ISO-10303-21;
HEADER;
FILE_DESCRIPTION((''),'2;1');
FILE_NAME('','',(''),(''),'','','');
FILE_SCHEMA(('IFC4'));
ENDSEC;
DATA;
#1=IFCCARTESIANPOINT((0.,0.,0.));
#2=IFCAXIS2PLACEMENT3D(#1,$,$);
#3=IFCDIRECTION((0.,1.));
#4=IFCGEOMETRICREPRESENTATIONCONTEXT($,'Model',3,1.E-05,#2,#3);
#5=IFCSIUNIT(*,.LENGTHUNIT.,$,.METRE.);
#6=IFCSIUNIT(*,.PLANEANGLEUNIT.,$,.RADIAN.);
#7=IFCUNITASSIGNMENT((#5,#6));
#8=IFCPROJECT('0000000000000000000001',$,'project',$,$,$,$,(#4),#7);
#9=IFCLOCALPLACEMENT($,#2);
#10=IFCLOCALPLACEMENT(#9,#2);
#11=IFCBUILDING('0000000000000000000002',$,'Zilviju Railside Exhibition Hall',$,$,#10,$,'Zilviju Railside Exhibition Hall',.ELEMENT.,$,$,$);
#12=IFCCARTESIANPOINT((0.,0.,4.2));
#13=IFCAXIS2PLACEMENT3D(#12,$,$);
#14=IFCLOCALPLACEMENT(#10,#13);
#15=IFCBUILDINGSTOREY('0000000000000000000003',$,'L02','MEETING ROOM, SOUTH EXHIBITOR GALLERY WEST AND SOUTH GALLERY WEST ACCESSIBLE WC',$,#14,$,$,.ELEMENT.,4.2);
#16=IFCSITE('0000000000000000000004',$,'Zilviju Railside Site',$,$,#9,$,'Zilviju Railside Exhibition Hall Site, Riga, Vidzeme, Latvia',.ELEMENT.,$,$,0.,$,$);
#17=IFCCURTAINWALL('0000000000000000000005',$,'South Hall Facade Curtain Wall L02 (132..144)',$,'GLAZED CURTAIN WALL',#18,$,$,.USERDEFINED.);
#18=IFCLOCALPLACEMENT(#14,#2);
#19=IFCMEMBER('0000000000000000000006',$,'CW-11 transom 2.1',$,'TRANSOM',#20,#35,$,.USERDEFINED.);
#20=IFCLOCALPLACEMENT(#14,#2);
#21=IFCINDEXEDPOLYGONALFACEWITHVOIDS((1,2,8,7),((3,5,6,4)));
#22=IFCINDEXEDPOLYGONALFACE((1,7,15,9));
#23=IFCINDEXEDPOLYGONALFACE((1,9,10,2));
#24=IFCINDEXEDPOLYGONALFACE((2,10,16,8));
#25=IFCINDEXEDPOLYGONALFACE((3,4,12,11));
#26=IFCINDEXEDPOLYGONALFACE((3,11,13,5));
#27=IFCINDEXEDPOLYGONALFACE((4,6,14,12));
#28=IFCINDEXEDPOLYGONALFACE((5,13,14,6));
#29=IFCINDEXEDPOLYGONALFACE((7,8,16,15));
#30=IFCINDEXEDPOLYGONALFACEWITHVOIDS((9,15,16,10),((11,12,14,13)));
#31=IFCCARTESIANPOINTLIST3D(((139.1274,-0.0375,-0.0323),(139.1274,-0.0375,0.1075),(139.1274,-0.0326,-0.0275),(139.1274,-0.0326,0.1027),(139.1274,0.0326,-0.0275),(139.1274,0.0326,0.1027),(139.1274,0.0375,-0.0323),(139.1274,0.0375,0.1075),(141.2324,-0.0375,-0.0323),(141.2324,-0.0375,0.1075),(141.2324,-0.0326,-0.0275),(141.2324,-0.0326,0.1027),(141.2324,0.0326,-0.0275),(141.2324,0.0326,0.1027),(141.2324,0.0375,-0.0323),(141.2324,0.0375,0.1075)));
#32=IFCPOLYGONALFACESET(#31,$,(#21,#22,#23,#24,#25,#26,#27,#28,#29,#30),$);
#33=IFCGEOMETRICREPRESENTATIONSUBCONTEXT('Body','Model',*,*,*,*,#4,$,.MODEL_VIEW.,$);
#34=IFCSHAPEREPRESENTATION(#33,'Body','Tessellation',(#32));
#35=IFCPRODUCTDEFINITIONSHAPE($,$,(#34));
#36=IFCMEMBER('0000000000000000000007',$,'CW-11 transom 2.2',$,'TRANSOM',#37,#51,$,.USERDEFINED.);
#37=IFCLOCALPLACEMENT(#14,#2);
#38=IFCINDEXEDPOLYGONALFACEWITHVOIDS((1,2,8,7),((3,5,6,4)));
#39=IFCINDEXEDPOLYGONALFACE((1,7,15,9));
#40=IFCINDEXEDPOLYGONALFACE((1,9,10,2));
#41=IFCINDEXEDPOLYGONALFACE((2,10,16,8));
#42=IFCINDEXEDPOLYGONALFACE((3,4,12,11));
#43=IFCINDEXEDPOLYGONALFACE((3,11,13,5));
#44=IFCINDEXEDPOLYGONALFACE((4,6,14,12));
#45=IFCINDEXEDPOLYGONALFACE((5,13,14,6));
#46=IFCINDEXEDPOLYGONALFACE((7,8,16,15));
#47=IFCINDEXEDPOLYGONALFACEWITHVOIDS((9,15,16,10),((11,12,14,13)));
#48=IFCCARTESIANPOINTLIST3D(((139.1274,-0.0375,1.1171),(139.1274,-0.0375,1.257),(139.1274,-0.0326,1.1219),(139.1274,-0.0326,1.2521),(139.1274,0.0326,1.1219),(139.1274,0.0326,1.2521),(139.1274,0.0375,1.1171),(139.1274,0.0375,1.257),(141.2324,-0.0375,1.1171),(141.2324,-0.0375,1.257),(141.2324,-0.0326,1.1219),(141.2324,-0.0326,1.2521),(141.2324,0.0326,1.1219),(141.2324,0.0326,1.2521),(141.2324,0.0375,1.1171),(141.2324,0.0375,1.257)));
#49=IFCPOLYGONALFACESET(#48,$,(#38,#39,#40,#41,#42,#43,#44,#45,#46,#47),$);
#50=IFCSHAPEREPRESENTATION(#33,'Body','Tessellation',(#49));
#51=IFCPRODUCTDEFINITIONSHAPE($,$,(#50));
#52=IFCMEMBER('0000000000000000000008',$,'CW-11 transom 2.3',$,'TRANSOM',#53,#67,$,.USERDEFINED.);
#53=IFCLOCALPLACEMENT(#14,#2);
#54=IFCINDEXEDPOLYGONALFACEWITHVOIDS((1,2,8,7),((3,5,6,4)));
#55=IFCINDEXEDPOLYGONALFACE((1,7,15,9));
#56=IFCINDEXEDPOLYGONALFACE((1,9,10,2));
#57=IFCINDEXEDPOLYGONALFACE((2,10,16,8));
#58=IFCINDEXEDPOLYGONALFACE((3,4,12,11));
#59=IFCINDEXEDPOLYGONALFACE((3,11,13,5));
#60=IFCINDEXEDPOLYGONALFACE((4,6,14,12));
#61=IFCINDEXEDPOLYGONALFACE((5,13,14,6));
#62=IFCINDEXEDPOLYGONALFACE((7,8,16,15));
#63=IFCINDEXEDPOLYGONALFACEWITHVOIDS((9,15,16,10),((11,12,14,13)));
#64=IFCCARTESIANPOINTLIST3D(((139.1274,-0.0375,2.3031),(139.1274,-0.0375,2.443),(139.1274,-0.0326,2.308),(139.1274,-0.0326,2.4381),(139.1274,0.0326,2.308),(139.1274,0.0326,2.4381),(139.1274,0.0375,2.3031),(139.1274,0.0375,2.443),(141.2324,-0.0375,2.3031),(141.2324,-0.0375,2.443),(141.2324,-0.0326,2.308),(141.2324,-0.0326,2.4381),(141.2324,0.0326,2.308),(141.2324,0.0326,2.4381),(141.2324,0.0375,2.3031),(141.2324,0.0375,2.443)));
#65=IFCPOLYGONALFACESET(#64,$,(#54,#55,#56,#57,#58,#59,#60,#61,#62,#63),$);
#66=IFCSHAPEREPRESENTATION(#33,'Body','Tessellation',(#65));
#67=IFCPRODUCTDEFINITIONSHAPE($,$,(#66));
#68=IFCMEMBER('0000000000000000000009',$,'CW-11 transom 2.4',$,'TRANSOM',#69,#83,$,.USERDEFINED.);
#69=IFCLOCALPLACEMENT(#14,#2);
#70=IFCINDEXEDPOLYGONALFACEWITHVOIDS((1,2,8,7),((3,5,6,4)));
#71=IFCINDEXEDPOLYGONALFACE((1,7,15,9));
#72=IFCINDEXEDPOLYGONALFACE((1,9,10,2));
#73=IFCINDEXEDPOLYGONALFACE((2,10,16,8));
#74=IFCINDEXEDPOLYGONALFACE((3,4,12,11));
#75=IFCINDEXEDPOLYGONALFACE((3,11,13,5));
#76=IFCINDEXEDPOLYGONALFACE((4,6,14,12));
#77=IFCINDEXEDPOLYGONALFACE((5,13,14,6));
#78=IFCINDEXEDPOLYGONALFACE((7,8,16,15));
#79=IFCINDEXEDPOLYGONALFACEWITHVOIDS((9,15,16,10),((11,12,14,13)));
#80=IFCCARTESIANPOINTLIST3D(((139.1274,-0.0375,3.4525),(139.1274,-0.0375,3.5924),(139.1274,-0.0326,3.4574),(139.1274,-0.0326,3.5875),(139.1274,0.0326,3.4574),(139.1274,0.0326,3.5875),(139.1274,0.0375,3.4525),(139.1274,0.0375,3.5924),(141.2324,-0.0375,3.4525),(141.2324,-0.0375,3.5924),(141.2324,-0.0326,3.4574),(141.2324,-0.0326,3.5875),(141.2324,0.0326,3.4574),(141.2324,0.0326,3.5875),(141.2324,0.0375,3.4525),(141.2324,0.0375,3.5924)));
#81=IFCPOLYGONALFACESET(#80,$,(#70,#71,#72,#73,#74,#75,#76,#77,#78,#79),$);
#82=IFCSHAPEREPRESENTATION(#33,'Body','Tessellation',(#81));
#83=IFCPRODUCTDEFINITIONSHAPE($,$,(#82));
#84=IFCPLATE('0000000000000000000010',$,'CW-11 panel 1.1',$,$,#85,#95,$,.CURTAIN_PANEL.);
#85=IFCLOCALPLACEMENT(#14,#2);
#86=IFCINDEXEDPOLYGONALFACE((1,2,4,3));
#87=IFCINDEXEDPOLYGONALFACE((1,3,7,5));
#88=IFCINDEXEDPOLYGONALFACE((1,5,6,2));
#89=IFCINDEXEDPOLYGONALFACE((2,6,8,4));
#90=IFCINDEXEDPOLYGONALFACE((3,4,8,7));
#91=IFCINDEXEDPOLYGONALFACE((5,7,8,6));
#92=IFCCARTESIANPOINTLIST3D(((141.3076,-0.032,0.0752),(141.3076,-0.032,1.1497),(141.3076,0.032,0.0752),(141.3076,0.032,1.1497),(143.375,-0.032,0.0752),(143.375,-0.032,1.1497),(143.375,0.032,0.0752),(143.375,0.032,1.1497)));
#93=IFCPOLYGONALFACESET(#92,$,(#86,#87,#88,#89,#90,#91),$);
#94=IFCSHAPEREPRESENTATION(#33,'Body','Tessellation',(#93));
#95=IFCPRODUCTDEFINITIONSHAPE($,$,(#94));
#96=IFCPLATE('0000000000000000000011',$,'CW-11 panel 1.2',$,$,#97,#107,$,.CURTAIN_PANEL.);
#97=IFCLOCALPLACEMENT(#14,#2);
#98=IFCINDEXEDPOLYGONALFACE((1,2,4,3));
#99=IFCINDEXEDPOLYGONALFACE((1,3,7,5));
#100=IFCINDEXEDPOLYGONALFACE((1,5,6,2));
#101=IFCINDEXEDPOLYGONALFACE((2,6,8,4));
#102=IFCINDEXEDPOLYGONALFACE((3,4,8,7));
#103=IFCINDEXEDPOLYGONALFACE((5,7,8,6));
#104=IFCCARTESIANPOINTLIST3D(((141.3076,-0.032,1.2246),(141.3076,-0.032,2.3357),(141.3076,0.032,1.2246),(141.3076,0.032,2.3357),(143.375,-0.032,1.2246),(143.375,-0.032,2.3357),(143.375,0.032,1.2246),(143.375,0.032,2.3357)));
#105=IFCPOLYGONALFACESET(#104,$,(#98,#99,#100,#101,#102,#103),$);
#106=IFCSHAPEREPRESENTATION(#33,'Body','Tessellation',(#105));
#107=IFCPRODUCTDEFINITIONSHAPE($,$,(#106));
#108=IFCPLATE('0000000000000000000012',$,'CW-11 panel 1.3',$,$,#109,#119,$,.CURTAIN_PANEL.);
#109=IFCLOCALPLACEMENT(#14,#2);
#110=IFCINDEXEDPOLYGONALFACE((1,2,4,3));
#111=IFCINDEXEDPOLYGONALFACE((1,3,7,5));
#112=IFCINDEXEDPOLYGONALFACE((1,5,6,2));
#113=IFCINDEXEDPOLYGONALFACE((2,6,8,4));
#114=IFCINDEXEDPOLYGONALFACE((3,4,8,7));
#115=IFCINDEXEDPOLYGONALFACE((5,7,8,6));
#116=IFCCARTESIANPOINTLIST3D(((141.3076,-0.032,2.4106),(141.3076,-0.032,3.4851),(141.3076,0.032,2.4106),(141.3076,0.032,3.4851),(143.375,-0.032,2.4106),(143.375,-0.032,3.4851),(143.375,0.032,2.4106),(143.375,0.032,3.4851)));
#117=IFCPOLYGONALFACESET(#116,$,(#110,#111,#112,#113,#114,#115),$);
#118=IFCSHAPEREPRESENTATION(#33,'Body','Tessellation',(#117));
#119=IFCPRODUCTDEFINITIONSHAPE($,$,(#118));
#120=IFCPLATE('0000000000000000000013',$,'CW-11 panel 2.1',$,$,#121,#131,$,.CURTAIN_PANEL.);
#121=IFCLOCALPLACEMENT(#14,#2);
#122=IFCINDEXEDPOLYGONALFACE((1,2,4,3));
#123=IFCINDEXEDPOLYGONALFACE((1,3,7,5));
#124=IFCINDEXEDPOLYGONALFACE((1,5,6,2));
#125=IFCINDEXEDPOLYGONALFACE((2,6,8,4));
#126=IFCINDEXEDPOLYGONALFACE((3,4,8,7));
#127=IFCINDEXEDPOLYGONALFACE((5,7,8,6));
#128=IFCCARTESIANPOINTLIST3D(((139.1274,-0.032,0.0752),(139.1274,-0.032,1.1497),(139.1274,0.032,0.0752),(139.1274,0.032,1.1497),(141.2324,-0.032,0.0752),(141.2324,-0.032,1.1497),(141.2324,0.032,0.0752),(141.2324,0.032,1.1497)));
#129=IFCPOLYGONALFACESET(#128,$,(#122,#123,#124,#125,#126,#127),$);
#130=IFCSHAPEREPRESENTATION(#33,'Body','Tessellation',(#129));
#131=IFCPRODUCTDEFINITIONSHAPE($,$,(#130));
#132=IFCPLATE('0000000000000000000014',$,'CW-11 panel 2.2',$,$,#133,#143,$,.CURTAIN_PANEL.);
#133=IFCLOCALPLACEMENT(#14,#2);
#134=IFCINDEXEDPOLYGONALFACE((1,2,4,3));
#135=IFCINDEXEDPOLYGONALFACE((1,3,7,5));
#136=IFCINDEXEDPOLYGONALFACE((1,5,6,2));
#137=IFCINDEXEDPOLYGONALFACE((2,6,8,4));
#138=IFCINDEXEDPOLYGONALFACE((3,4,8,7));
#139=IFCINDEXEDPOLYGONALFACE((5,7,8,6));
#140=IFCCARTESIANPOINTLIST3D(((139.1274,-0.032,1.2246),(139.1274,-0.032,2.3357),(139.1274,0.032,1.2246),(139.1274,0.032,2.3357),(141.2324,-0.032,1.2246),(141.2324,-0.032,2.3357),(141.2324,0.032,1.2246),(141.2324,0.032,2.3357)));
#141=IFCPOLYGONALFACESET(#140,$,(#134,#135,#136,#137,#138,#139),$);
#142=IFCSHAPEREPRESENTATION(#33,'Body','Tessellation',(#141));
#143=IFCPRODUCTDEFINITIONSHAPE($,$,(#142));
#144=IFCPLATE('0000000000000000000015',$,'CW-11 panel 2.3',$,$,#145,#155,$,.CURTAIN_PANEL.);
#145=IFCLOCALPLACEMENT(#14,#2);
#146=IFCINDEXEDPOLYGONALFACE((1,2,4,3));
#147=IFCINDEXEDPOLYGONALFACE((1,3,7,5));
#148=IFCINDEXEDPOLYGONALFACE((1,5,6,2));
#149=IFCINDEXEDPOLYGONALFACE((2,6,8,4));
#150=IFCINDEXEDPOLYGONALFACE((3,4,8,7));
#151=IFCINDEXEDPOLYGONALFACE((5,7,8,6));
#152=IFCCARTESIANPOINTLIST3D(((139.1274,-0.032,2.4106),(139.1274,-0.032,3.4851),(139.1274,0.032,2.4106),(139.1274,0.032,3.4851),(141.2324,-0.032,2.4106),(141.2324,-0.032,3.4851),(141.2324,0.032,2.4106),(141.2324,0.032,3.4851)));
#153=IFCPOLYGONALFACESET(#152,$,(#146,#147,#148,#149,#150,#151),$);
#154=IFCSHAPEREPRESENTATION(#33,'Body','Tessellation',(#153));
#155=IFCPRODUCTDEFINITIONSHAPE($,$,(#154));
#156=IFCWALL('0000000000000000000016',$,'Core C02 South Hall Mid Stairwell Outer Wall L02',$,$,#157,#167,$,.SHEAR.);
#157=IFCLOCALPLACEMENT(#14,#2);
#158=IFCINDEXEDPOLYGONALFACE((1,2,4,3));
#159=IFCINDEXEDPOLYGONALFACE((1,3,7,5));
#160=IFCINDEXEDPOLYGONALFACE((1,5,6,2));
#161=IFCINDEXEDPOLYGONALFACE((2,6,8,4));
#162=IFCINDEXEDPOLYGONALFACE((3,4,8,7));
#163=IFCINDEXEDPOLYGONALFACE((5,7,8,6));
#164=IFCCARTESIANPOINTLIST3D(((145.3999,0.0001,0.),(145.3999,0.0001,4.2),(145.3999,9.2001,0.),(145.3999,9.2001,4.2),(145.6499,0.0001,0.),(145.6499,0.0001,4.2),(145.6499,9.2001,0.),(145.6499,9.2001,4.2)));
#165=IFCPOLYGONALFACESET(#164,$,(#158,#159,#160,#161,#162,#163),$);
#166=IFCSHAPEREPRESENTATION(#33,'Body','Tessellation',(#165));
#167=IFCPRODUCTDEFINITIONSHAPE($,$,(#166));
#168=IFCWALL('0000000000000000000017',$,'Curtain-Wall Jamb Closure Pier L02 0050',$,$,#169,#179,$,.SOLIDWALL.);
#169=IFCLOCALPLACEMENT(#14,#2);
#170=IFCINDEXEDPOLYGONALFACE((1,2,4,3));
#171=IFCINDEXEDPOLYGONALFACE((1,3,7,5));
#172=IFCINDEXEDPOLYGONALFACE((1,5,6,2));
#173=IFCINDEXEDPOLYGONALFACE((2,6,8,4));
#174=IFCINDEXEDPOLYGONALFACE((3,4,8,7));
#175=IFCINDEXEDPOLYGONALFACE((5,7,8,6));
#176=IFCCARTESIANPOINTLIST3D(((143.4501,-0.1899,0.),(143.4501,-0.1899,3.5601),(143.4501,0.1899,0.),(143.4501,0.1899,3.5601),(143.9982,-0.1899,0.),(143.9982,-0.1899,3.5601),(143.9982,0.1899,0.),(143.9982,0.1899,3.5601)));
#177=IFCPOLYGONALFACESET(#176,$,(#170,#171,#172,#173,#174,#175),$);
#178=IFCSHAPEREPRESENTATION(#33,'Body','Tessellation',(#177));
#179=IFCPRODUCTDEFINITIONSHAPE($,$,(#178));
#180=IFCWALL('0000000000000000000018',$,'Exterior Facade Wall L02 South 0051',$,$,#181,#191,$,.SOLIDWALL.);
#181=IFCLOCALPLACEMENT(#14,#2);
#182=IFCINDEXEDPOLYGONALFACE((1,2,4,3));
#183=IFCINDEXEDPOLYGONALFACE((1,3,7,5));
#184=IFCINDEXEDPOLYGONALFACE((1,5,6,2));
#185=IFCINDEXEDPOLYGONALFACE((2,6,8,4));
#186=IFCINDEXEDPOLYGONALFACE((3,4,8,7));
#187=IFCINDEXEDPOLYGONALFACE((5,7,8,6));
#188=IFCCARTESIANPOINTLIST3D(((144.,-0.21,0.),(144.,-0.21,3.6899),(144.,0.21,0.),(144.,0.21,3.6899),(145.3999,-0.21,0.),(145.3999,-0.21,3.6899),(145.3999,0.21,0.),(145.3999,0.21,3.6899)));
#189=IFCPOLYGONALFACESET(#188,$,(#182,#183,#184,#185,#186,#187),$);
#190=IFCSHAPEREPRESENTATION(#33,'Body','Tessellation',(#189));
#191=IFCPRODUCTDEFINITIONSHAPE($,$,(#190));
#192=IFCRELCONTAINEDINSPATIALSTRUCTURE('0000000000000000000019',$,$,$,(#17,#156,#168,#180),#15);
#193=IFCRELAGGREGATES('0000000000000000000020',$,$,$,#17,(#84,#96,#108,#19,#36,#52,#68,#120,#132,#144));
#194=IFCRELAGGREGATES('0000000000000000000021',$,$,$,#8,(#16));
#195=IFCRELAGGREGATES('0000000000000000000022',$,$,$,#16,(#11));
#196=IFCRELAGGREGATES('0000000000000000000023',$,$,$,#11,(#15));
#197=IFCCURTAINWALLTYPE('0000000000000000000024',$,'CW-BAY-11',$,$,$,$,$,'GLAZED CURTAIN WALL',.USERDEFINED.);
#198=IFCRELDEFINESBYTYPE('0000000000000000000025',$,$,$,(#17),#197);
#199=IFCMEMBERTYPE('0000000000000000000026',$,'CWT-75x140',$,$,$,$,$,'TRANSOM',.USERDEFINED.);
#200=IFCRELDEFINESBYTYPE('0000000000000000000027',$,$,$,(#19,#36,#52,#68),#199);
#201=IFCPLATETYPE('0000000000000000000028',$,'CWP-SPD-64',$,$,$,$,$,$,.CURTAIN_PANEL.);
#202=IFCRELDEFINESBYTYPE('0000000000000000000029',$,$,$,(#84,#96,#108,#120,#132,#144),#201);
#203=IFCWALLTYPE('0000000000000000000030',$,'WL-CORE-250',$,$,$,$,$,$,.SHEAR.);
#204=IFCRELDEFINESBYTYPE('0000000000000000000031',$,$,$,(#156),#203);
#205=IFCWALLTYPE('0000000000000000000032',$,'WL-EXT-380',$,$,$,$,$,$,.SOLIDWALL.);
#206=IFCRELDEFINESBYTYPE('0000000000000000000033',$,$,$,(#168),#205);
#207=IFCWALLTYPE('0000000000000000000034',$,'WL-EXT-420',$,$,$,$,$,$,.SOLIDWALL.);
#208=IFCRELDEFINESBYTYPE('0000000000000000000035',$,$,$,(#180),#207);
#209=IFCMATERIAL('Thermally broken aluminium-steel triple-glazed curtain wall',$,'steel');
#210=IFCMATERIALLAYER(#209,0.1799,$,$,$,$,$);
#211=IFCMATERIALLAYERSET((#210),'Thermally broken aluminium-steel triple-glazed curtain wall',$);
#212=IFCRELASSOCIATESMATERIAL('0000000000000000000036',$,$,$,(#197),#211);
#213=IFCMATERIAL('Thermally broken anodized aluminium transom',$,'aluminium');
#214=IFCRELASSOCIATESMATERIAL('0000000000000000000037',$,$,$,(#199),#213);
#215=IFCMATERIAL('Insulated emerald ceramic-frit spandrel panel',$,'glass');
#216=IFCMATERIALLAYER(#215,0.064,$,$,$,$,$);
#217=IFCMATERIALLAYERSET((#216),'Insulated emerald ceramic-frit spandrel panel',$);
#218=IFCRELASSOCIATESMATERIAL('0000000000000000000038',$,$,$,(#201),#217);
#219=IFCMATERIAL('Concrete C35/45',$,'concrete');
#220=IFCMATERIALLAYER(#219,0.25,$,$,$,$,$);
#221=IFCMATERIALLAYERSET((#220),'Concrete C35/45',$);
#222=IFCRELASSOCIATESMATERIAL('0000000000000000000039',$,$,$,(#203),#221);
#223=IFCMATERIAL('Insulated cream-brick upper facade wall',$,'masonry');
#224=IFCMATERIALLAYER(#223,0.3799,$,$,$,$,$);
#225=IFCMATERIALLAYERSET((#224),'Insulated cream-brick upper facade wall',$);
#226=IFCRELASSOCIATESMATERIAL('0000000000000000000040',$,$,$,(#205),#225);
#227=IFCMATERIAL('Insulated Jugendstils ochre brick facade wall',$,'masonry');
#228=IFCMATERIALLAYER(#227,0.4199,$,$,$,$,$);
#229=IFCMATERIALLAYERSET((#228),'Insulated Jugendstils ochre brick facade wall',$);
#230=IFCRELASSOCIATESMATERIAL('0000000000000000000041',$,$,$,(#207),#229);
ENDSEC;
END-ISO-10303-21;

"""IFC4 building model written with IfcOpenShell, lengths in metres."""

from ifc_helpers import new_model, si_unit, direction, frame, frame_2d, origin, origin_2d, place, context, subcontext, project, spatial, rectangle, hollow_rectangle, extrude, material, layer, layer_set, material_profile, profile_set, type_object, element, aggregate, save


model = new_model("IFC4")

# Units and contexts
model_context = context("Model", 3, precision=1e-05, world=origin(), true_north=direction((0.0, 1.0)))
body_context = subcontext(model_context, "Body", "Model", "MODEL_VIEW")
ifc_project = project(units=[si_unit("LENGTHUNIT", "METRE"), si_unit("PLANEANGLEUNIT", "RADIAN")], contexts=[model_context])

# Site, building, storey
site_placement = place(None, origin())
site = spatial("IfcSite", under=ifc_project, at=site_placement, Name="Zilviju Railside Site", LongName="Zilviju Railside Exhibition Hall Site, Riga, Vidzeme, Latvia", CompositionType="ELEMENT", RefElevation=0.0)
building_placement = place(site_placement, origin())
building = spatial("IfcBuilding", under=site, at=building_placement, Name="Zilviju Railside Exhibition Hall", LongName="Zilviju Railside Exhibition Hall", CompositionType="ELEMENT")
storey_placement = place(building_placement, frame((0.0, 0.0, 4.2)))
storey = spatial("IfcBuildingStorey", under=building, at=storey_placement, Name="L02", Description="MEETING ROOM, SOUTH EXHIBITOR GALLERY WEST AND SOUTH GALLERY WEST ACCESSIBLE WC", CompositionType="ELEMENT", Elevation=4.2)

# Curtain wall, members, plates
ifc_material_1 = material(Name="Thermally broken aluminium-steel triple-glazed curtain wall", Category="steel")
ifc_layer_1 = layer(ifc_material_1, 0.1799)
ifc_layer_set_1 = layer_set([ifc_layer_1], Name="Thermally broken aluminium-steel triple-glazed curtain wall")
curtain_wall_type = type_object("IfcCurtainWallType", Name="CW-BAY-11", ElementType="GLAZED CURTAIN WALL", PredefinedType="USERDEFINED", material=ifc_layer_set_1)
curtain_wall_placement = place(storey_placement, origin())
curtain_wall = element("IfcCurtainWall", 1, at=curtain_wall_placement, inside=storey, type_object=curtain_wall_type, Name="South Hall Facade Curtain Wall L02 (132..144)", ObjectType="GLAZED CURTAIN WALL", PredefinedType="USERDEFINED")
ifc_material_2 = material(Name="Thermally broken anodized aluminium transom", Category="aluminium")
ifc_material_profile_1 = material_profile(ifc_material_2, hollow_rectangle(XDim=0.075, YDim=0.1399, WallThickness=0.0049, at=origin_2d()), Name="TRANSOM 140x75x5")
ifc_profile_set_1 = profile_set([ifc_material_profile_1], Name="Thermally broken anodized aluminium transom")
member_type_1 = type_object("IfcMemberType", Name="CWT-75x140", ElementType="TRANSOM", PredefinedType="USERDEFINED", material=ifc_profile_set_1)
member_1_placement = place(storey_placement, frame((141.2324, 0.0, 0.0376), z_axis=(-1.0, 0.0, 0.0), x_axis=(0.0, -1.0, 0.0)))
member_1 = element("IfcMember", 2, at=member_1_placement, type_object=member_type_1, Name="CW-11 transom 2.1", ObjectType="TRANSOM", PredefinedType="USERDEFINED", context=body_context, shape_type="SweptSolid", body=[
    extrude(hollow_rectangle(XDim=0.075, YDim=0.1399, WallThickness=0.0049, at=origin_2d()), origin(), (0.0, 0.0, 1.0), 2.105),
])
member_2_placement = place(storey_placement, frame((141.2324, 0.0, 1.187), z_axis=(-1.0, 0.0, 0.0), x_axis=(0.0, -1.0, 0.0)))
member_2 = element("IfcMember", 3, at=member_2_placement, type_object=member_type_1, Name="CW-11 transom 2.2", ObjectType="TRANSOM", PredefinedType="USERDEFINED", context=body_context, shape_type="SweptSolid", body=[
    extrude(hollow_rectangle(XDim=0.075, YDim=0.1399, WallThickness=0.0049, at=origin_2d()), origin(), (0.0, 0.0, 1.0), 2.105),
])
member_3_placement = place(storey_placement, frame((141.2324, 0.0, 2.373), z_axis=(-1.0, 0.0, 0.0), x_axis=(0.0, -1.0, 0.0)))
member_3 = element("IfcMember", 4, at=member_3_placement, type_object=member_type_1, Name="CW-11 transom 2.3", ObjectType="TRANSOM", PredefinedType="USERDEFINED", context=body_context, shape_type="SweptSolid", body=[
    extrude(hollow_rectangle(XDim=0.075, YDim=0.1399, WallThickness=0.0049, at=origin_2d()), origin(), (0.0, 0.0, 1.0), 2.105),
])
member_4_placement = place(storey_placement, frame((141.2324, 0.0, 3.5225), z_axis=(-1.0, 0.0, 0.0), x_axis=(0.0, -1.0, 0.0)))
member_4 = element("IfcMember", 5, at=member_4_placement, type_object=member_type_1, Name="CW-11 transom 2.4", ObjectType="TRANSOM", PredefinedType="USERDEFINED", context=body_context, shape_type="SweptSolid", body=[
    extrude(hollow_rectangle(XDim=0.075, YDim=0.1399, WallThickness=0.0049, at=origin_2d()), origin(), (0.0, 0.0, 1.0), 2.105),
])
ifc_material_3 = material(Name="Insulated emerald ceramic-frit spandrel panel", Category="glass")
ifc_layer_2 = layer(ifc_material_3, 0.064)
ifc_layer_set_2 = layer_set([ifc_layer_2], Name="Insulated emerald ceramic-frit spandrel panel")
plate_type = type_object("IfcPlateType", Name="CWP-SPD-64", PredefinedType="CURTAIN_PANEL", material=ifc_layer_set_2)
plate_1_placement = place(storey_placement, frame((142.3413, 0.0, 0.0752), z_axis=(0.0, 0.0, 1.0), x_axis=(-1.0, 0.0, 0.0)))
plate_1 = element("IfcPlate", 6, at=plate_1_placement, type_object=plate_type, Name="CW-11 panel 1.1", PredefinedType="CURTAIN_PANEL", context=body_context, shape_type="SweptSolid", body=[
    extrude(rectangle(XDim=2.0674, YDim=0.064, at=origin_2d()), origin(), (0.0, 0.0, 1.0), 1.0745),
])
plate_2_placement = place(storey_placement, frame((142.3413, 0.0, 1.2246), z_axis=(0.0, 0.0, 1.0), x_axis=(-1.0, 0.0, 0.0)))
plate_2 = element("IfcPlate", 7, at=plate_2_placement, type_object=plate_type, Name="CW-11 panel 1.2", PredefinedType="CURTAIN_PANEL", context=body_context, shape_type="SweptSolid", body=[
    extrude(rectangle(XDim=2.0674, YDim=0.064, at=origin_2d()), origin(), (0.0, 0.0, 1.0), 1.1111),
])
plate_3_placement = place(storey_placement, frame((142.3413, 0.0, 2.4106), z_axis=(0.0, 0.0, 1.0), x_axis=(-1.0, 0.0, 0.0)))
plate_3 = element("IfcPlate", 8, at=plate_3_placement, type_object=plate_type, Name="CW-11 panel 1.3", PredefinedType="CURTAIN_PANEL", context=body_context, shape_type="SweptSolid", body=[
    extrude(rectangle(XDim=2.0674, YDim=0.064, at=origin_2d()), origin(), (0.0, 0.0, 1.0), 1.0745),
])
plate_4_placement = place(storey_placement, frame((140.1799, 0.0, 0.0752), z_axis=(0.0, 0.0, 1.0), x_axis=(-1.0, 0.0, 0.0)))
plate_4 = element("IfcPlate", 9, at=plate_4_placement, type_object=plate_type, Name="CW-11 panel 2.1", PredefinedType="CURTAIN_PANEL", context=body_context, shape_type="SweptSolid", body=[
    extrude(rectangle(XDim=2.105, YDim=0.064, at=origin_2d()), origin(), (0.0, 0.0, 1.0), 1.0745),
])
plate_5_placement = place(storey_placement, frame((140.1799, 0.0, 1.2246), z_axis=(0.0, 0.0, 1.0), x_axis=(-1.0, 0.0, 0.0)))
plate_5 = element("IfcPlate", 10, at=plate_5_placement, type_object=plate_type, Name="CW-11 panel 2.2", PredefinedType="CURTAIN_PANEL", context=body_context, shape_type="SweptSolid", body=[
    extrude(rectangle(XDim=2.105, YDim=0.064, at=origin_2d()), origin(), (0.0, 0.0, 1.0), 1.1111),
])
plate_6_placement = place(storey_placement, frame((140.1799, 0.0, 2.4106), z_axis=(0.0, 0.0, 1.0), x_axis=(-1.0, 0.0, 0.0)))
plate_6 = element("IfcPlate", 11, at=plate_6_placement, type_object=plate_type, Name="CW-11 panel 2.3", PredefinedType="CURTAIN_PANEL", context=body_context, shape_type="SweptSolid", body=[
    extrude(rectangle(XDim=2.105, YDim=0.064, at=origin_2d()), origin(), (0.0, 0.0, 1.0), 1.0745),
])
aggregate(curtain_wall, [plate_1, plate_2, plate_3, member_1, member_2, member_3, member_4, plate_4, plate_5, plate_6])

# Walls
ifc_material_4 = material(Name="Concrete C35/45", Category="concrete")
ifc_layer_3 = layer(ifc_material_4, 0.25)
ifc_layer_set_3 = layer_set([ifc_layer_3], Name="Concrete C35/45")
wall_type_1 = type_object("IfcWallType", Name="WL-CORE-250", PredefinedType="SHEAR", material=ifc_layer_set_3)
wall_1_placement = place(storey_placement, frame((145.5249, 0.0, 0.0), z_axis=(0.0, 0.0, 1.0), x_axis=(0.0, 1.0, 0.0)))
element("IfcWall", 12, at=wall_1_placement, inside=storey, type_object=wall_type_1, Name="Core C02 South Hall Mid Stairwell Outer Wall L02", PredefinedType="SHEAR", context=body_context, shape_type="SweptSolid", body=[
    extrude(rectangle(XDim=9.2, YDim=0.25, at=frame_2d((4.6001, 0.0))), origin(), (0.0, 0.0, 1.0), 4.2),
])
ifc_material_5 = material(Name="Insulated cream-brick upper facade wall", Category="masonry")
ifc_layer_4 = layer(ifc_material_5, 0.3799)
ifc_layer_set_4 = layer_set([ifc_layer_4], Name="Insulated cream-brick upper facade wall")
wall_type_2 = type_object("IfcWallType", Name="WL-EXT-380", PredefinedType="SOLIDWALL", material=ifc_layer_set_4)
wall_2_placement = place(storey_placement, frame((143.998, 0.0, 0.0), z_axis=(0.0, 0.0, 1.0), x_axis=(-1.0, 0.0, 0.0)))
element("IfcWall", 13, at=wall_2_placement, inside=storey, type_object=wall_type_2, Name="Curtain-Wall Jamb Closure Pier L02 0050", PredefinedType="SOLIDWALL", context=body_context, shape_type="SweptSolid", body=[
    extrude(rectangle(XDim=0.5481, YDim=0.3799, at=frame_2d((0.2739, 0.0))), origin(), (0.0, 0.0, 1.0), 3.5601),
])
ifc_material_6 = material(Name="Insulated Jugendstils ochre brick facade wall", Category="masonry")
ifc_layer_5 = layer(ifc_material_6, 0.4199)
ifc_layer_set_5 = layer_set([ifc_layer_5], Name="Insulated Jugendstils ochre brick facade wall")
wall_type_3 = type_object("IfcWallType", Name="WL-EXT-420", PredefinedType="SOLIDWALL", material=ifc_layer_set_5)
wall_3_placement = place(storey_placement, frame((145.3999, 0.0, 0.0), z_axis=(0.0, 0.0, 1.0), x_axis=(-1.0, 0.0, 0.0)))
element("IfcWall", 14, at=wall_3_placement, inside=storey, type_object=wall_type_3, Name="Exterior Facade Wall L02 South 0051", PredefinedType="SOLIDWALL", context=body_context, shape_type="SweptSolid", body=[
    extrude(rectangle(XDim=1.3999, YDim=0.4199, at=frame_2d((0.7, 0.0))), origin(), (0.0, 0.0, 1.0), 3.6899),
])

save(model, "model.ifc")
